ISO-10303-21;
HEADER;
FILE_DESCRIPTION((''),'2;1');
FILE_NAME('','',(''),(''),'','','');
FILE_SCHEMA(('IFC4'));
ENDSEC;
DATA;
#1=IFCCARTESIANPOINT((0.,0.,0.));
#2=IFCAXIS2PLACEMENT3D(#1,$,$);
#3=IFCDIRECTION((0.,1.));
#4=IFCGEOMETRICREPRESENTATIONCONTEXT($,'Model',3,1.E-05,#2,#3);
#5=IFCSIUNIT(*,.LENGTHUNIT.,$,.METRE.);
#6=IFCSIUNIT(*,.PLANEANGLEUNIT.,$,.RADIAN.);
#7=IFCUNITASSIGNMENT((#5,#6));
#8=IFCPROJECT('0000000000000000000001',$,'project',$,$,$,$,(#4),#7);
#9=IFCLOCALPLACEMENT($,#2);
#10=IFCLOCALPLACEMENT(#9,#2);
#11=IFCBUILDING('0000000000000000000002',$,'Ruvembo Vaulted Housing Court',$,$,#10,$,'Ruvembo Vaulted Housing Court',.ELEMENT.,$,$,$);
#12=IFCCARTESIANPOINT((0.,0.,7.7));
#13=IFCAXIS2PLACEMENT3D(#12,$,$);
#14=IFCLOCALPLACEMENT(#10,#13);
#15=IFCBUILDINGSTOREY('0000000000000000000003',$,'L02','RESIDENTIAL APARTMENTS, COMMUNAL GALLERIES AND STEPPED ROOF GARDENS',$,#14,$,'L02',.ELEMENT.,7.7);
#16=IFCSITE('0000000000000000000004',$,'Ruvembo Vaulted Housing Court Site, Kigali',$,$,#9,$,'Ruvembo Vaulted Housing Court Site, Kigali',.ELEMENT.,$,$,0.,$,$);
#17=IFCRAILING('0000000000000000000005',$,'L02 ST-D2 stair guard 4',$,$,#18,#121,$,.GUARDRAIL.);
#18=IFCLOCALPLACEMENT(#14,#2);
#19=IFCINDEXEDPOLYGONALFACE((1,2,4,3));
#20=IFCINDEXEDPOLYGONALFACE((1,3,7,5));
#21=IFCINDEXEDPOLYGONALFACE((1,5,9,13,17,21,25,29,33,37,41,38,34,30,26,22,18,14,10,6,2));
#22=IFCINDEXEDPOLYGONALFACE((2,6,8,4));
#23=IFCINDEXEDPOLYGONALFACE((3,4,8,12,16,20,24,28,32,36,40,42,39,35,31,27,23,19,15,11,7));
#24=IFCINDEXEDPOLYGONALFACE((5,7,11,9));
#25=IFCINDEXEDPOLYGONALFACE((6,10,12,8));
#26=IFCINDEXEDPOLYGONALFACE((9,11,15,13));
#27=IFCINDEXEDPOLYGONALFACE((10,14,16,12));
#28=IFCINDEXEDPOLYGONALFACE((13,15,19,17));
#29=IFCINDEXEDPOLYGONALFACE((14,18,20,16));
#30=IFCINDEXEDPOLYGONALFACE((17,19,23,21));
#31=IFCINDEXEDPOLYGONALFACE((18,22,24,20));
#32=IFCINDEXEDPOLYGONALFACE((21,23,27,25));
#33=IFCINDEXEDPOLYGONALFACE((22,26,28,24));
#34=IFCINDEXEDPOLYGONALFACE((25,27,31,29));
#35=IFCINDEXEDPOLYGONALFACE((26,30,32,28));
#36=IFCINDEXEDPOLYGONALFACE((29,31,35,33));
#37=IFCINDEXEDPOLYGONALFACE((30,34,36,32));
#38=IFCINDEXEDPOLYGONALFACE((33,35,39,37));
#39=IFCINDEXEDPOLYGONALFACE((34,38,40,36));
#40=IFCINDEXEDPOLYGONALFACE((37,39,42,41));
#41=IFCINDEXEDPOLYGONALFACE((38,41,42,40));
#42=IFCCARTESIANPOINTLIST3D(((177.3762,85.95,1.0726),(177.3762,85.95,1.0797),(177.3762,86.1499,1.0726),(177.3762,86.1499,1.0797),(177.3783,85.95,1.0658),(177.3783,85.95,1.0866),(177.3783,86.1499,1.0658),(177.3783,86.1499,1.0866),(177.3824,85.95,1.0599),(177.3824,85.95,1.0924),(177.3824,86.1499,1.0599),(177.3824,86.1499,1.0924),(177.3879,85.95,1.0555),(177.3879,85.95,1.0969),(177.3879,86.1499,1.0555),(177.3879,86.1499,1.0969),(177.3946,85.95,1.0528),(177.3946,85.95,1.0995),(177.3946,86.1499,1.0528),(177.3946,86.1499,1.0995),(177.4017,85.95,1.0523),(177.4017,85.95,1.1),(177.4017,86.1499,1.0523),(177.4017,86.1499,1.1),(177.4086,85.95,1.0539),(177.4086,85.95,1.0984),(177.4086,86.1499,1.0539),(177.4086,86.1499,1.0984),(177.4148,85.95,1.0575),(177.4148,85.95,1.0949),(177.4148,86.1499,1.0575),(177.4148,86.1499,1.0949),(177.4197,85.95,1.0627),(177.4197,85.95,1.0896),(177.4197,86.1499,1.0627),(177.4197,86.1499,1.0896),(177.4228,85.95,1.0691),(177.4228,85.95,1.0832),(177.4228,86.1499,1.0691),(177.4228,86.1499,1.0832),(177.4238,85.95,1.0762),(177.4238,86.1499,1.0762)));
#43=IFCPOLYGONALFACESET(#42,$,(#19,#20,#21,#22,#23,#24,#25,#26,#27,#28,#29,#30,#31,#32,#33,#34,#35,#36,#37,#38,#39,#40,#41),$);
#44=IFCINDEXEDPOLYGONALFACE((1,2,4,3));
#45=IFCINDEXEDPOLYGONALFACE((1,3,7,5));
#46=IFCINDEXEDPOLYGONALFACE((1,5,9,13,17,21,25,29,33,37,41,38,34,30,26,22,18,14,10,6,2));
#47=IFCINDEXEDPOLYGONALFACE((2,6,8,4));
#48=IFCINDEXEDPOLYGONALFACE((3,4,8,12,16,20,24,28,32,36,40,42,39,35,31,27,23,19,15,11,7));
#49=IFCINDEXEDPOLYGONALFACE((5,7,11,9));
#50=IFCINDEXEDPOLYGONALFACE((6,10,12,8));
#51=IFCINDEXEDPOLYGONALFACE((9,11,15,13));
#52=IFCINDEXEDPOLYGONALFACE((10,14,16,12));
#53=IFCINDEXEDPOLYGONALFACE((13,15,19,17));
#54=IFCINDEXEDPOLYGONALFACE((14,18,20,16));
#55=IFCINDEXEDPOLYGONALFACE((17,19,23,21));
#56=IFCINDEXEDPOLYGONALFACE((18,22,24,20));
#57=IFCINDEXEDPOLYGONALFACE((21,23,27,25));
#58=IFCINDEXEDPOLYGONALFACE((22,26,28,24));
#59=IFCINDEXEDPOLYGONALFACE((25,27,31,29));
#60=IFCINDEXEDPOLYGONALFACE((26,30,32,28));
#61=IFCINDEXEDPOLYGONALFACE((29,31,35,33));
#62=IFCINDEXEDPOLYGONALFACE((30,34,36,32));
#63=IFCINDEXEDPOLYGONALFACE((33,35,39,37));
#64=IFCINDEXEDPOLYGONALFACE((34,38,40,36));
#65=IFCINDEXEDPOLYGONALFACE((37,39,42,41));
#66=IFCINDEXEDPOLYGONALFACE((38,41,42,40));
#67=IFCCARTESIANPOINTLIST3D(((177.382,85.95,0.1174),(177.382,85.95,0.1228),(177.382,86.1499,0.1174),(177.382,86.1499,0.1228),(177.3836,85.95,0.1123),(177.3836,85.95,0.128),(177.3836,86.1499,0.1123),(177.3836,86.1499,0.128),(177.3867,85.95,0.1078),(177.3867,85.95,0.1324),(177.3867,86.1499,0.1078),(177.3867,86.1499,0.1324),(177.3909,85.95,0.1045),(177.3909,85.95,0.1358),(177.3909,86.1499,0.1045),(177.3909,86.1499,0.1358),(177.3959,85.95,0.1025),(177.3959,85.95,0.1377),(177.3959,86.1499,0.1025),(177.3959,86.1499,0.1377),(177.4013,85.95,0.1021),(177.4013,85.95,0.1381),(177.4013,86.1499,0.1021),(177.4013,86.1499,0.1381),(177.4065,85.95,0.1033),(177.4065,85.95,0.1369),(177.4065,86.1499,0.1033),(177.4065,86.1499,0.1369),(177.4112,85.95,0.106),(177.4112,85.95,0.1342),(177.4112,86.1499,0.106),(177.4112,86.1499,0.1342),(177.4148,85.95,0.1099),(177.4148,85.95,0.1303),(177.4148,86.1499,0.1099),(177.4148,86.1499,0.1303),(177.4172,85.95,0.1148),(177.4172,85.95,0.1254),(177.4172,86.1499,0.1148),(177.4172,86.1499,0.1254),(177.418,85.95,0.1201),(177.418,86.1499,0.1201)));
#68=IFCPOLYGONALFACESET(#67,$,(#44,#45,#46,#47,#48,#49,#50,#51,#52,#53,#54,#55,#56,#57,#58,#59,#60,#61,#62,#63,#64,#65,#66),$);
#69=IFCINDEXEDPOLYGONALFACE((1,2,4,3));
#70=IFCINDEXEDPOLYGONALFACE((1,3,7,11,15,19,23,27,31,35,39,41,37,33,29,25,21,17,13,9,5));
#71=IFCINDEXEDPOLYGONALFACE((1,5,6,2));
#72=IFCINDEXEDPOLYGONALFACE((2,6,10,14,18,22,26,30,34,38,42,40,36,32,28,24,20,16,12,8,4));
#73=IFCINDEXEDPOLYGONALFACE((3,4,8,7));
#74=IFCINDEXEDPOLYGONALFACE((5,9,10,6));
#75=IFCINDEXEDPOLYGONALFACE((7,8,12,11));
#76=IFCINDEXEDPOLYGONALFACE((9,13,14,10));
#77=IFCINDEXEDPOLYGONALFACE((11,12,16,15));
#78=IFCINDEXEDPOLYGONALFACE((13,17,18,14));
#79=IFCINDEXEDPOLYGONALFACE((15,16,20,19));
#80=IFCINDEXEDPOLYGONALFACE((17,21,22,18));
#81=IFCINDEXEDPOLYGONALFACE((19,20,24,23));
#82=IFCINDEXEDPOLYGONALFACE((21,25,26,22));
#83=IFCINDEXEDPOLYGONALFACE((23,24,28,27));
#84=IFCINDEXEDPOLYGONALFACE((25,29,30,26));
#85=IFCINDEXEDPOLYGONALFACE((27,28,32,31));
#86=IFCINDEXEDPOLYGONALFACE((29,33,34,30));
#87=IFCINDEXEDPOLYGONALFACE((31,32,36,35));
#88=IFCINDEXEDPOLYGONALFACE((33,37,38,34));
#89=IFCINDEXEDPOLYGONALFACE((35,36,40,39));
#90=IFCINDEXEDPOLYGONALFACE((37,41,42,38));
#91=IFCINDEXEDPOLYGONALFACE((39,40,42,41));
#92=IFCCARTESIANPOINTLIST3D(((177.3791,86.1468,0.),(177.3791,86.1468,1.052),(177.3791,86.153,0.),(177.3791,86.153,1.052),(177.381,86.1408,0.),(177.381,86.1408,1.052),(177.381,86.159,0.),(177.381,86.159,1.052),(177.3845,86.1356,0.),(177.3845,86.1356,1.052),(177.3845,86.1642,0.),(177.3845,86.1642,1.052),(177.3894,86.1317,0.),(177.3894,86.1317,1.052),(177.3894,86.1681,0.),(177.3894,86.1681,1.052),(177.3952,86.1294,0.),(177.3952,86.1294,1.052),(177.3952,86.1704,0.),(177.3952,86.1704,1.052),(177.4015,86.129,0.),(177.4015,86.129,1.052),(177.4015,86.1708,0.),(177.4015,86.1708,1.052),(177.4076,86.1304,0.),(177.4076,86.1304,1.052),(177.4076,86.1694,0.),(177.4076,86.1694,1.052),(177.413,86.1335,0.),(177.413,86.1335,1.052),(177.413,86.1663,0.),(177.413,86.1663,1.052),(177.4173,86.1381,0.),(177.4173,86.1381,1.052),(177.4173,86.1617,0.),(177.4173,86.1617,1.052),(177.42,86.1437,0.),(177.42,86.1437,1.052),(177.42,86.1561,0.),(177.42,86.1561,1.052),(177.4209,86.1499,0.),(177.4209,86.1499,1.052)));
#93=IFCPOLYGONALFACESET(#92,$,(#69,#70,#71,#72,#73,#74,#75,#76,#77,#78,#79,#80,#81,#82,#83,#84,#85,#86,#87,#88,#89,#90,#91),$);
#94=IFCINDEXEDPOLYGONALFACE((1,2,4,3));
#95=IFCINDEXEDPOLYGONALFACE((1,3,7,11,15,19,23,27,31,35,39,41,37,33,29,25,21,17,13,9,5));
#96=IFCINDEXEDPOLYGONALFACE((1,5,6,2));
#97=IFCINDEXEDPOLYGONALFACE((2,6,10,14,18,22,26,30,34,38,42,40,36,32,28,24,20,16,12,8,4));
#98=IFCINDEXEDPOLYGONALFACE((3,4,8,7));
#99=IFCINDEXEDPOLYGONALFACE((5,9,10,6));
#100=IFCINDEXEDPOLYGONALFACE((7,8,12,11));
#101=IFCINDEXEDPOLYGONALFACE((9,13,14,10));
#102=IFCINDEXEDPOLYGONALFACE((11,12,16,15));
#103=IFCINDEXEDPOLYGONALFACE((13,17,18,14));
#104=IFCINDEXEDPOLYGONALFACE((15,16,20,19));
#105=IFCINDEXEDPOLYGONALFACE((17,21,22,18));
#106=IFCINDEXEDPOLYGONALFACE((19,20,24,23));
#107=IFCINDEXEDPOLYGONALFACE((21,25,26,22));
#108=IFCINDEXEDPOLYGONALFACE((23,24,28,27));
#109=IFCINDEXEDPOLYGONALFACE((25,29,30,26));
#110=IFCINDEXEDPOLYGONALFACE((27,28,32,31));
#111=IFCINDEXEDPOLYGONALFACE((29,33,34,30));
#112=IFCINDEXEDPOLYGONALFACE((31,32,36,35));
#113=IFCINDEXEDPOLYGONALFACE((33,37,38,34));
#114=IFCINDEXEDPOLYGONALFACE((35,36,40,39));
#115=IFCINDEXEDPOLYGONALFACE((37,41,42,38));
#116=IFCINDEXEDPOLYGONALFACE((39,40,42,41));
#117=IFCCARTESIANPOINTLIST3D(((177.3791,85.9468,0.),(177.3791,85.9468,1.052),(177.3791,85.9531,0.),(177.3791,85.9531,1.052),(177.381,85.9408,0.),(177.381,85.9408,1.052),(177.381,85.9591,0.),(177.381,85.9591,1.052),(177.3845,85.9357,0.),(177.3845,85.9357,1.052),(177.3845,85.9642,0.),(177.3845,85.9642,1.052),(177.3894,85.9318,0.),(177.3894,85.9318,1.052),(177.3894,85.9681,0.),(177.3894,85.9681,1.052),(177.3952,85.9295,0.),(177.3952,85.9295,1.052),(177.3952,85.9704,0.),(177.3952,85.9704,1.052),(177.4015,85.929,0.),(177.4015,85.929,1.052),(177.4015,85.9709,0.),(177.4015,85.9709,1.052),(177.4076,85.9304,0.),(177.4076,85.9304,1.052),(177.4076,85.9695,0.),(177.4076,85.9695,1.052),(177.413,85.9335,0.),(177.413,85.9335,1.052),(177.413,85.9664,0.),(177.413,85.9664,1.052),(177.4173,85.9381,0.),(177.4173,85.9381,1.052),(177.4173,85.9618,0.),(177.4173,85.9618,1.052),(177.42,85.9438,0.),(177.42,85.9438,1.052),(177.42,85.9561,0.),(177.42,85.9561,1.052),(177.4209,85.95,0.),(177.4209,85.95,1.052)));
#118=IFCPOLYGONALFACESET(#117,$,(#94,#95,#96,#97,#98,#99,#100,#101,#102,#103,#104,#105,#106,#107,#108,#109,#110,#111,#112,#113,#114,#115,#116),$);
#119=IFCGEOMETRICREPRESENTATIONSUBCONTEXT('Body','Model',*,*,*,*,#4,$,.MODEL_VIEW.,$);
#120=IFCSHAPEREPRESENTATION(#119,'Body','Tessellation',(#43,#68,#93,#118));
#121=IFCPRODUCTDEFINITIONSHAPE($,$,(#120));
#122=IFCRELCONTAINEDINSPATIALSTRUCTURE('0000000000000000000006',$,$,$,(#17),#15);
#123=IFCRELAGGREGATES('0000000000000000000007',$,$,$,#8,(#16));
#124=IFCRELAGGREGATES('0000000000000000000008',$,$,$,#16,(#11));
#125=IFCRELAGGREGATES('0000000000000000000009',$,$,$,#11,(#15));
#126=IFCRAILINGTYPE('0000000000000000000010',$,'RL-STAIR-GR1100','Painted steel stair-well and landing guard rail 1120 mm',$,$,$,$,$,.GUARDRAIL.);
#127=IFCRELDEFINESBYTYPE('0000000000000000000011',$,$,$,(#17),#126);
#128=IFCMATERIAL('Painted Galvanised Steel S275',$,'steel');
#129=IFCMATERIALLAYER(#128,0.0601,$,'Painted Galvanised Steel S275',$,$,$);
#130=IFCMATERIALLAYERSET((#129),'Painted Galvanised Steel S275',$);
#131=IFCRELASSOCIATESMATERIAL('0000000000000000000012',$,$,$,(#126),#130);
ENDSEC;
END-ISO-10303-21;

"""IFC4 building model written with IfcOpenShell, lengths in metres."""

from ifc_helpers import new_model, si_unit, direction, frame, origin, origin_2d, place, context, subcontext, project, spatial, circle, extrude, material, layer, layer_set, type_object, element, save


model = new_model("IFC4")

# Units and contexts
model_context = context("Model", 3, precision=1e-05, world=origin(), true_north=direction((0.0, 1.0)))
body_context = subcontext(model_context, "Body", "Model", "MODEL_VIEW")
ifc_project = project(units=[si_unit("LENGTHUNIT", "METRE"), si_unit("PLANEANGLEUNIT", "RADIAN")], contexts=[model_context])

# Site, building, storey
site_placement = place(None, origin())
site = spatial("IfcSite", under=ifc_project, at=site_placement, Name="Ruvembo Vaulted Housing Court Site, Kigali", LongName="Ruvembo Vaulted Housing Court Site, Kigali", CompositionType="ELEMENT", RefElevation=0.0)
building_placement = place(site_placement, origin())
building = spatial("IfcBuilding", under=site, at=building_placement, Name="Ruvembo Vaulted Housing Court", LongName="Ruvembo Vaulted Housing Court", CompositionType="ELEMENT")
storey_placement = place(building_placement, frame((0.0, 0.0, 7.7)))
storey = spatial("IfcBuildingStorey", under=building, at=storey_placement, Name="L02", Description="RESIDENTIAL APARTMENTS, COMMUNAL GALLERIES AND STEPPED ROOF GARDENS", LongName="L02", CompositionType="ELEMENT", Elevation=7.7)

# Railing
ifc_material_1 = material(Name="Painted Galvanised Steel S275", Category="steel")
ifc_layer_1 = layer(ifc_material_1, 0.0601, Name="Painted Galvanised Steel S275")
ifc_layer_set_1 = layer_set([ifc_layer_1], Name="Painted Galvanised Steel S275")
railing_type_1 = type_object("IfcRailingType", Name="RL-STAIR-GR1100", Description="Painted steel stair-well and landing guard rail 1120 mm", PredefinedType="GUARDRAIL", material=ifc_layer_set_1)
railing_1_placement = place(storey_placement, frame((177.3999, 86.1499, 0.0)))
element("IfcRailing", 1, at=railing_1_placement, inside=storey, type_object=railing_type_1, Name="L02 ST-D2 stair guard 4", PredefinedType="GUARDRAIL", context=body_context, shape_type="SweptSolid", body=[
    extrude(circle(Radius=0.0239, at=origin_2d()), frame((0.0, 0.0, 1.0762), z_axis=(0.0, -1.0, 0.0), x_axis=(1.0, 0.0, 0.0)), (0.0, 0.0, 1.0), 0.2),
    extrude(circle(Radius=0.0181, at=origin_2d()), frame((0.0, 0.0, 0.1201), z_axis=(0.0, -1.0, 0.0), x_axis=(1.0, 0.0, 0.0)), (0.0, 0.0, 1.0), 0.2),
    extrude(circle(Radius=0.021, at=origin_2d()), origin(), (0.0, 0.0, 1.0), 1.052),
    extrude(circle(Radius=0.021, at=origin_2d()), frame((0.0, -0.2, 0.0)), (0.0, 0.0, 1.0), 1.052),
])

save(model, "model.ifc")
